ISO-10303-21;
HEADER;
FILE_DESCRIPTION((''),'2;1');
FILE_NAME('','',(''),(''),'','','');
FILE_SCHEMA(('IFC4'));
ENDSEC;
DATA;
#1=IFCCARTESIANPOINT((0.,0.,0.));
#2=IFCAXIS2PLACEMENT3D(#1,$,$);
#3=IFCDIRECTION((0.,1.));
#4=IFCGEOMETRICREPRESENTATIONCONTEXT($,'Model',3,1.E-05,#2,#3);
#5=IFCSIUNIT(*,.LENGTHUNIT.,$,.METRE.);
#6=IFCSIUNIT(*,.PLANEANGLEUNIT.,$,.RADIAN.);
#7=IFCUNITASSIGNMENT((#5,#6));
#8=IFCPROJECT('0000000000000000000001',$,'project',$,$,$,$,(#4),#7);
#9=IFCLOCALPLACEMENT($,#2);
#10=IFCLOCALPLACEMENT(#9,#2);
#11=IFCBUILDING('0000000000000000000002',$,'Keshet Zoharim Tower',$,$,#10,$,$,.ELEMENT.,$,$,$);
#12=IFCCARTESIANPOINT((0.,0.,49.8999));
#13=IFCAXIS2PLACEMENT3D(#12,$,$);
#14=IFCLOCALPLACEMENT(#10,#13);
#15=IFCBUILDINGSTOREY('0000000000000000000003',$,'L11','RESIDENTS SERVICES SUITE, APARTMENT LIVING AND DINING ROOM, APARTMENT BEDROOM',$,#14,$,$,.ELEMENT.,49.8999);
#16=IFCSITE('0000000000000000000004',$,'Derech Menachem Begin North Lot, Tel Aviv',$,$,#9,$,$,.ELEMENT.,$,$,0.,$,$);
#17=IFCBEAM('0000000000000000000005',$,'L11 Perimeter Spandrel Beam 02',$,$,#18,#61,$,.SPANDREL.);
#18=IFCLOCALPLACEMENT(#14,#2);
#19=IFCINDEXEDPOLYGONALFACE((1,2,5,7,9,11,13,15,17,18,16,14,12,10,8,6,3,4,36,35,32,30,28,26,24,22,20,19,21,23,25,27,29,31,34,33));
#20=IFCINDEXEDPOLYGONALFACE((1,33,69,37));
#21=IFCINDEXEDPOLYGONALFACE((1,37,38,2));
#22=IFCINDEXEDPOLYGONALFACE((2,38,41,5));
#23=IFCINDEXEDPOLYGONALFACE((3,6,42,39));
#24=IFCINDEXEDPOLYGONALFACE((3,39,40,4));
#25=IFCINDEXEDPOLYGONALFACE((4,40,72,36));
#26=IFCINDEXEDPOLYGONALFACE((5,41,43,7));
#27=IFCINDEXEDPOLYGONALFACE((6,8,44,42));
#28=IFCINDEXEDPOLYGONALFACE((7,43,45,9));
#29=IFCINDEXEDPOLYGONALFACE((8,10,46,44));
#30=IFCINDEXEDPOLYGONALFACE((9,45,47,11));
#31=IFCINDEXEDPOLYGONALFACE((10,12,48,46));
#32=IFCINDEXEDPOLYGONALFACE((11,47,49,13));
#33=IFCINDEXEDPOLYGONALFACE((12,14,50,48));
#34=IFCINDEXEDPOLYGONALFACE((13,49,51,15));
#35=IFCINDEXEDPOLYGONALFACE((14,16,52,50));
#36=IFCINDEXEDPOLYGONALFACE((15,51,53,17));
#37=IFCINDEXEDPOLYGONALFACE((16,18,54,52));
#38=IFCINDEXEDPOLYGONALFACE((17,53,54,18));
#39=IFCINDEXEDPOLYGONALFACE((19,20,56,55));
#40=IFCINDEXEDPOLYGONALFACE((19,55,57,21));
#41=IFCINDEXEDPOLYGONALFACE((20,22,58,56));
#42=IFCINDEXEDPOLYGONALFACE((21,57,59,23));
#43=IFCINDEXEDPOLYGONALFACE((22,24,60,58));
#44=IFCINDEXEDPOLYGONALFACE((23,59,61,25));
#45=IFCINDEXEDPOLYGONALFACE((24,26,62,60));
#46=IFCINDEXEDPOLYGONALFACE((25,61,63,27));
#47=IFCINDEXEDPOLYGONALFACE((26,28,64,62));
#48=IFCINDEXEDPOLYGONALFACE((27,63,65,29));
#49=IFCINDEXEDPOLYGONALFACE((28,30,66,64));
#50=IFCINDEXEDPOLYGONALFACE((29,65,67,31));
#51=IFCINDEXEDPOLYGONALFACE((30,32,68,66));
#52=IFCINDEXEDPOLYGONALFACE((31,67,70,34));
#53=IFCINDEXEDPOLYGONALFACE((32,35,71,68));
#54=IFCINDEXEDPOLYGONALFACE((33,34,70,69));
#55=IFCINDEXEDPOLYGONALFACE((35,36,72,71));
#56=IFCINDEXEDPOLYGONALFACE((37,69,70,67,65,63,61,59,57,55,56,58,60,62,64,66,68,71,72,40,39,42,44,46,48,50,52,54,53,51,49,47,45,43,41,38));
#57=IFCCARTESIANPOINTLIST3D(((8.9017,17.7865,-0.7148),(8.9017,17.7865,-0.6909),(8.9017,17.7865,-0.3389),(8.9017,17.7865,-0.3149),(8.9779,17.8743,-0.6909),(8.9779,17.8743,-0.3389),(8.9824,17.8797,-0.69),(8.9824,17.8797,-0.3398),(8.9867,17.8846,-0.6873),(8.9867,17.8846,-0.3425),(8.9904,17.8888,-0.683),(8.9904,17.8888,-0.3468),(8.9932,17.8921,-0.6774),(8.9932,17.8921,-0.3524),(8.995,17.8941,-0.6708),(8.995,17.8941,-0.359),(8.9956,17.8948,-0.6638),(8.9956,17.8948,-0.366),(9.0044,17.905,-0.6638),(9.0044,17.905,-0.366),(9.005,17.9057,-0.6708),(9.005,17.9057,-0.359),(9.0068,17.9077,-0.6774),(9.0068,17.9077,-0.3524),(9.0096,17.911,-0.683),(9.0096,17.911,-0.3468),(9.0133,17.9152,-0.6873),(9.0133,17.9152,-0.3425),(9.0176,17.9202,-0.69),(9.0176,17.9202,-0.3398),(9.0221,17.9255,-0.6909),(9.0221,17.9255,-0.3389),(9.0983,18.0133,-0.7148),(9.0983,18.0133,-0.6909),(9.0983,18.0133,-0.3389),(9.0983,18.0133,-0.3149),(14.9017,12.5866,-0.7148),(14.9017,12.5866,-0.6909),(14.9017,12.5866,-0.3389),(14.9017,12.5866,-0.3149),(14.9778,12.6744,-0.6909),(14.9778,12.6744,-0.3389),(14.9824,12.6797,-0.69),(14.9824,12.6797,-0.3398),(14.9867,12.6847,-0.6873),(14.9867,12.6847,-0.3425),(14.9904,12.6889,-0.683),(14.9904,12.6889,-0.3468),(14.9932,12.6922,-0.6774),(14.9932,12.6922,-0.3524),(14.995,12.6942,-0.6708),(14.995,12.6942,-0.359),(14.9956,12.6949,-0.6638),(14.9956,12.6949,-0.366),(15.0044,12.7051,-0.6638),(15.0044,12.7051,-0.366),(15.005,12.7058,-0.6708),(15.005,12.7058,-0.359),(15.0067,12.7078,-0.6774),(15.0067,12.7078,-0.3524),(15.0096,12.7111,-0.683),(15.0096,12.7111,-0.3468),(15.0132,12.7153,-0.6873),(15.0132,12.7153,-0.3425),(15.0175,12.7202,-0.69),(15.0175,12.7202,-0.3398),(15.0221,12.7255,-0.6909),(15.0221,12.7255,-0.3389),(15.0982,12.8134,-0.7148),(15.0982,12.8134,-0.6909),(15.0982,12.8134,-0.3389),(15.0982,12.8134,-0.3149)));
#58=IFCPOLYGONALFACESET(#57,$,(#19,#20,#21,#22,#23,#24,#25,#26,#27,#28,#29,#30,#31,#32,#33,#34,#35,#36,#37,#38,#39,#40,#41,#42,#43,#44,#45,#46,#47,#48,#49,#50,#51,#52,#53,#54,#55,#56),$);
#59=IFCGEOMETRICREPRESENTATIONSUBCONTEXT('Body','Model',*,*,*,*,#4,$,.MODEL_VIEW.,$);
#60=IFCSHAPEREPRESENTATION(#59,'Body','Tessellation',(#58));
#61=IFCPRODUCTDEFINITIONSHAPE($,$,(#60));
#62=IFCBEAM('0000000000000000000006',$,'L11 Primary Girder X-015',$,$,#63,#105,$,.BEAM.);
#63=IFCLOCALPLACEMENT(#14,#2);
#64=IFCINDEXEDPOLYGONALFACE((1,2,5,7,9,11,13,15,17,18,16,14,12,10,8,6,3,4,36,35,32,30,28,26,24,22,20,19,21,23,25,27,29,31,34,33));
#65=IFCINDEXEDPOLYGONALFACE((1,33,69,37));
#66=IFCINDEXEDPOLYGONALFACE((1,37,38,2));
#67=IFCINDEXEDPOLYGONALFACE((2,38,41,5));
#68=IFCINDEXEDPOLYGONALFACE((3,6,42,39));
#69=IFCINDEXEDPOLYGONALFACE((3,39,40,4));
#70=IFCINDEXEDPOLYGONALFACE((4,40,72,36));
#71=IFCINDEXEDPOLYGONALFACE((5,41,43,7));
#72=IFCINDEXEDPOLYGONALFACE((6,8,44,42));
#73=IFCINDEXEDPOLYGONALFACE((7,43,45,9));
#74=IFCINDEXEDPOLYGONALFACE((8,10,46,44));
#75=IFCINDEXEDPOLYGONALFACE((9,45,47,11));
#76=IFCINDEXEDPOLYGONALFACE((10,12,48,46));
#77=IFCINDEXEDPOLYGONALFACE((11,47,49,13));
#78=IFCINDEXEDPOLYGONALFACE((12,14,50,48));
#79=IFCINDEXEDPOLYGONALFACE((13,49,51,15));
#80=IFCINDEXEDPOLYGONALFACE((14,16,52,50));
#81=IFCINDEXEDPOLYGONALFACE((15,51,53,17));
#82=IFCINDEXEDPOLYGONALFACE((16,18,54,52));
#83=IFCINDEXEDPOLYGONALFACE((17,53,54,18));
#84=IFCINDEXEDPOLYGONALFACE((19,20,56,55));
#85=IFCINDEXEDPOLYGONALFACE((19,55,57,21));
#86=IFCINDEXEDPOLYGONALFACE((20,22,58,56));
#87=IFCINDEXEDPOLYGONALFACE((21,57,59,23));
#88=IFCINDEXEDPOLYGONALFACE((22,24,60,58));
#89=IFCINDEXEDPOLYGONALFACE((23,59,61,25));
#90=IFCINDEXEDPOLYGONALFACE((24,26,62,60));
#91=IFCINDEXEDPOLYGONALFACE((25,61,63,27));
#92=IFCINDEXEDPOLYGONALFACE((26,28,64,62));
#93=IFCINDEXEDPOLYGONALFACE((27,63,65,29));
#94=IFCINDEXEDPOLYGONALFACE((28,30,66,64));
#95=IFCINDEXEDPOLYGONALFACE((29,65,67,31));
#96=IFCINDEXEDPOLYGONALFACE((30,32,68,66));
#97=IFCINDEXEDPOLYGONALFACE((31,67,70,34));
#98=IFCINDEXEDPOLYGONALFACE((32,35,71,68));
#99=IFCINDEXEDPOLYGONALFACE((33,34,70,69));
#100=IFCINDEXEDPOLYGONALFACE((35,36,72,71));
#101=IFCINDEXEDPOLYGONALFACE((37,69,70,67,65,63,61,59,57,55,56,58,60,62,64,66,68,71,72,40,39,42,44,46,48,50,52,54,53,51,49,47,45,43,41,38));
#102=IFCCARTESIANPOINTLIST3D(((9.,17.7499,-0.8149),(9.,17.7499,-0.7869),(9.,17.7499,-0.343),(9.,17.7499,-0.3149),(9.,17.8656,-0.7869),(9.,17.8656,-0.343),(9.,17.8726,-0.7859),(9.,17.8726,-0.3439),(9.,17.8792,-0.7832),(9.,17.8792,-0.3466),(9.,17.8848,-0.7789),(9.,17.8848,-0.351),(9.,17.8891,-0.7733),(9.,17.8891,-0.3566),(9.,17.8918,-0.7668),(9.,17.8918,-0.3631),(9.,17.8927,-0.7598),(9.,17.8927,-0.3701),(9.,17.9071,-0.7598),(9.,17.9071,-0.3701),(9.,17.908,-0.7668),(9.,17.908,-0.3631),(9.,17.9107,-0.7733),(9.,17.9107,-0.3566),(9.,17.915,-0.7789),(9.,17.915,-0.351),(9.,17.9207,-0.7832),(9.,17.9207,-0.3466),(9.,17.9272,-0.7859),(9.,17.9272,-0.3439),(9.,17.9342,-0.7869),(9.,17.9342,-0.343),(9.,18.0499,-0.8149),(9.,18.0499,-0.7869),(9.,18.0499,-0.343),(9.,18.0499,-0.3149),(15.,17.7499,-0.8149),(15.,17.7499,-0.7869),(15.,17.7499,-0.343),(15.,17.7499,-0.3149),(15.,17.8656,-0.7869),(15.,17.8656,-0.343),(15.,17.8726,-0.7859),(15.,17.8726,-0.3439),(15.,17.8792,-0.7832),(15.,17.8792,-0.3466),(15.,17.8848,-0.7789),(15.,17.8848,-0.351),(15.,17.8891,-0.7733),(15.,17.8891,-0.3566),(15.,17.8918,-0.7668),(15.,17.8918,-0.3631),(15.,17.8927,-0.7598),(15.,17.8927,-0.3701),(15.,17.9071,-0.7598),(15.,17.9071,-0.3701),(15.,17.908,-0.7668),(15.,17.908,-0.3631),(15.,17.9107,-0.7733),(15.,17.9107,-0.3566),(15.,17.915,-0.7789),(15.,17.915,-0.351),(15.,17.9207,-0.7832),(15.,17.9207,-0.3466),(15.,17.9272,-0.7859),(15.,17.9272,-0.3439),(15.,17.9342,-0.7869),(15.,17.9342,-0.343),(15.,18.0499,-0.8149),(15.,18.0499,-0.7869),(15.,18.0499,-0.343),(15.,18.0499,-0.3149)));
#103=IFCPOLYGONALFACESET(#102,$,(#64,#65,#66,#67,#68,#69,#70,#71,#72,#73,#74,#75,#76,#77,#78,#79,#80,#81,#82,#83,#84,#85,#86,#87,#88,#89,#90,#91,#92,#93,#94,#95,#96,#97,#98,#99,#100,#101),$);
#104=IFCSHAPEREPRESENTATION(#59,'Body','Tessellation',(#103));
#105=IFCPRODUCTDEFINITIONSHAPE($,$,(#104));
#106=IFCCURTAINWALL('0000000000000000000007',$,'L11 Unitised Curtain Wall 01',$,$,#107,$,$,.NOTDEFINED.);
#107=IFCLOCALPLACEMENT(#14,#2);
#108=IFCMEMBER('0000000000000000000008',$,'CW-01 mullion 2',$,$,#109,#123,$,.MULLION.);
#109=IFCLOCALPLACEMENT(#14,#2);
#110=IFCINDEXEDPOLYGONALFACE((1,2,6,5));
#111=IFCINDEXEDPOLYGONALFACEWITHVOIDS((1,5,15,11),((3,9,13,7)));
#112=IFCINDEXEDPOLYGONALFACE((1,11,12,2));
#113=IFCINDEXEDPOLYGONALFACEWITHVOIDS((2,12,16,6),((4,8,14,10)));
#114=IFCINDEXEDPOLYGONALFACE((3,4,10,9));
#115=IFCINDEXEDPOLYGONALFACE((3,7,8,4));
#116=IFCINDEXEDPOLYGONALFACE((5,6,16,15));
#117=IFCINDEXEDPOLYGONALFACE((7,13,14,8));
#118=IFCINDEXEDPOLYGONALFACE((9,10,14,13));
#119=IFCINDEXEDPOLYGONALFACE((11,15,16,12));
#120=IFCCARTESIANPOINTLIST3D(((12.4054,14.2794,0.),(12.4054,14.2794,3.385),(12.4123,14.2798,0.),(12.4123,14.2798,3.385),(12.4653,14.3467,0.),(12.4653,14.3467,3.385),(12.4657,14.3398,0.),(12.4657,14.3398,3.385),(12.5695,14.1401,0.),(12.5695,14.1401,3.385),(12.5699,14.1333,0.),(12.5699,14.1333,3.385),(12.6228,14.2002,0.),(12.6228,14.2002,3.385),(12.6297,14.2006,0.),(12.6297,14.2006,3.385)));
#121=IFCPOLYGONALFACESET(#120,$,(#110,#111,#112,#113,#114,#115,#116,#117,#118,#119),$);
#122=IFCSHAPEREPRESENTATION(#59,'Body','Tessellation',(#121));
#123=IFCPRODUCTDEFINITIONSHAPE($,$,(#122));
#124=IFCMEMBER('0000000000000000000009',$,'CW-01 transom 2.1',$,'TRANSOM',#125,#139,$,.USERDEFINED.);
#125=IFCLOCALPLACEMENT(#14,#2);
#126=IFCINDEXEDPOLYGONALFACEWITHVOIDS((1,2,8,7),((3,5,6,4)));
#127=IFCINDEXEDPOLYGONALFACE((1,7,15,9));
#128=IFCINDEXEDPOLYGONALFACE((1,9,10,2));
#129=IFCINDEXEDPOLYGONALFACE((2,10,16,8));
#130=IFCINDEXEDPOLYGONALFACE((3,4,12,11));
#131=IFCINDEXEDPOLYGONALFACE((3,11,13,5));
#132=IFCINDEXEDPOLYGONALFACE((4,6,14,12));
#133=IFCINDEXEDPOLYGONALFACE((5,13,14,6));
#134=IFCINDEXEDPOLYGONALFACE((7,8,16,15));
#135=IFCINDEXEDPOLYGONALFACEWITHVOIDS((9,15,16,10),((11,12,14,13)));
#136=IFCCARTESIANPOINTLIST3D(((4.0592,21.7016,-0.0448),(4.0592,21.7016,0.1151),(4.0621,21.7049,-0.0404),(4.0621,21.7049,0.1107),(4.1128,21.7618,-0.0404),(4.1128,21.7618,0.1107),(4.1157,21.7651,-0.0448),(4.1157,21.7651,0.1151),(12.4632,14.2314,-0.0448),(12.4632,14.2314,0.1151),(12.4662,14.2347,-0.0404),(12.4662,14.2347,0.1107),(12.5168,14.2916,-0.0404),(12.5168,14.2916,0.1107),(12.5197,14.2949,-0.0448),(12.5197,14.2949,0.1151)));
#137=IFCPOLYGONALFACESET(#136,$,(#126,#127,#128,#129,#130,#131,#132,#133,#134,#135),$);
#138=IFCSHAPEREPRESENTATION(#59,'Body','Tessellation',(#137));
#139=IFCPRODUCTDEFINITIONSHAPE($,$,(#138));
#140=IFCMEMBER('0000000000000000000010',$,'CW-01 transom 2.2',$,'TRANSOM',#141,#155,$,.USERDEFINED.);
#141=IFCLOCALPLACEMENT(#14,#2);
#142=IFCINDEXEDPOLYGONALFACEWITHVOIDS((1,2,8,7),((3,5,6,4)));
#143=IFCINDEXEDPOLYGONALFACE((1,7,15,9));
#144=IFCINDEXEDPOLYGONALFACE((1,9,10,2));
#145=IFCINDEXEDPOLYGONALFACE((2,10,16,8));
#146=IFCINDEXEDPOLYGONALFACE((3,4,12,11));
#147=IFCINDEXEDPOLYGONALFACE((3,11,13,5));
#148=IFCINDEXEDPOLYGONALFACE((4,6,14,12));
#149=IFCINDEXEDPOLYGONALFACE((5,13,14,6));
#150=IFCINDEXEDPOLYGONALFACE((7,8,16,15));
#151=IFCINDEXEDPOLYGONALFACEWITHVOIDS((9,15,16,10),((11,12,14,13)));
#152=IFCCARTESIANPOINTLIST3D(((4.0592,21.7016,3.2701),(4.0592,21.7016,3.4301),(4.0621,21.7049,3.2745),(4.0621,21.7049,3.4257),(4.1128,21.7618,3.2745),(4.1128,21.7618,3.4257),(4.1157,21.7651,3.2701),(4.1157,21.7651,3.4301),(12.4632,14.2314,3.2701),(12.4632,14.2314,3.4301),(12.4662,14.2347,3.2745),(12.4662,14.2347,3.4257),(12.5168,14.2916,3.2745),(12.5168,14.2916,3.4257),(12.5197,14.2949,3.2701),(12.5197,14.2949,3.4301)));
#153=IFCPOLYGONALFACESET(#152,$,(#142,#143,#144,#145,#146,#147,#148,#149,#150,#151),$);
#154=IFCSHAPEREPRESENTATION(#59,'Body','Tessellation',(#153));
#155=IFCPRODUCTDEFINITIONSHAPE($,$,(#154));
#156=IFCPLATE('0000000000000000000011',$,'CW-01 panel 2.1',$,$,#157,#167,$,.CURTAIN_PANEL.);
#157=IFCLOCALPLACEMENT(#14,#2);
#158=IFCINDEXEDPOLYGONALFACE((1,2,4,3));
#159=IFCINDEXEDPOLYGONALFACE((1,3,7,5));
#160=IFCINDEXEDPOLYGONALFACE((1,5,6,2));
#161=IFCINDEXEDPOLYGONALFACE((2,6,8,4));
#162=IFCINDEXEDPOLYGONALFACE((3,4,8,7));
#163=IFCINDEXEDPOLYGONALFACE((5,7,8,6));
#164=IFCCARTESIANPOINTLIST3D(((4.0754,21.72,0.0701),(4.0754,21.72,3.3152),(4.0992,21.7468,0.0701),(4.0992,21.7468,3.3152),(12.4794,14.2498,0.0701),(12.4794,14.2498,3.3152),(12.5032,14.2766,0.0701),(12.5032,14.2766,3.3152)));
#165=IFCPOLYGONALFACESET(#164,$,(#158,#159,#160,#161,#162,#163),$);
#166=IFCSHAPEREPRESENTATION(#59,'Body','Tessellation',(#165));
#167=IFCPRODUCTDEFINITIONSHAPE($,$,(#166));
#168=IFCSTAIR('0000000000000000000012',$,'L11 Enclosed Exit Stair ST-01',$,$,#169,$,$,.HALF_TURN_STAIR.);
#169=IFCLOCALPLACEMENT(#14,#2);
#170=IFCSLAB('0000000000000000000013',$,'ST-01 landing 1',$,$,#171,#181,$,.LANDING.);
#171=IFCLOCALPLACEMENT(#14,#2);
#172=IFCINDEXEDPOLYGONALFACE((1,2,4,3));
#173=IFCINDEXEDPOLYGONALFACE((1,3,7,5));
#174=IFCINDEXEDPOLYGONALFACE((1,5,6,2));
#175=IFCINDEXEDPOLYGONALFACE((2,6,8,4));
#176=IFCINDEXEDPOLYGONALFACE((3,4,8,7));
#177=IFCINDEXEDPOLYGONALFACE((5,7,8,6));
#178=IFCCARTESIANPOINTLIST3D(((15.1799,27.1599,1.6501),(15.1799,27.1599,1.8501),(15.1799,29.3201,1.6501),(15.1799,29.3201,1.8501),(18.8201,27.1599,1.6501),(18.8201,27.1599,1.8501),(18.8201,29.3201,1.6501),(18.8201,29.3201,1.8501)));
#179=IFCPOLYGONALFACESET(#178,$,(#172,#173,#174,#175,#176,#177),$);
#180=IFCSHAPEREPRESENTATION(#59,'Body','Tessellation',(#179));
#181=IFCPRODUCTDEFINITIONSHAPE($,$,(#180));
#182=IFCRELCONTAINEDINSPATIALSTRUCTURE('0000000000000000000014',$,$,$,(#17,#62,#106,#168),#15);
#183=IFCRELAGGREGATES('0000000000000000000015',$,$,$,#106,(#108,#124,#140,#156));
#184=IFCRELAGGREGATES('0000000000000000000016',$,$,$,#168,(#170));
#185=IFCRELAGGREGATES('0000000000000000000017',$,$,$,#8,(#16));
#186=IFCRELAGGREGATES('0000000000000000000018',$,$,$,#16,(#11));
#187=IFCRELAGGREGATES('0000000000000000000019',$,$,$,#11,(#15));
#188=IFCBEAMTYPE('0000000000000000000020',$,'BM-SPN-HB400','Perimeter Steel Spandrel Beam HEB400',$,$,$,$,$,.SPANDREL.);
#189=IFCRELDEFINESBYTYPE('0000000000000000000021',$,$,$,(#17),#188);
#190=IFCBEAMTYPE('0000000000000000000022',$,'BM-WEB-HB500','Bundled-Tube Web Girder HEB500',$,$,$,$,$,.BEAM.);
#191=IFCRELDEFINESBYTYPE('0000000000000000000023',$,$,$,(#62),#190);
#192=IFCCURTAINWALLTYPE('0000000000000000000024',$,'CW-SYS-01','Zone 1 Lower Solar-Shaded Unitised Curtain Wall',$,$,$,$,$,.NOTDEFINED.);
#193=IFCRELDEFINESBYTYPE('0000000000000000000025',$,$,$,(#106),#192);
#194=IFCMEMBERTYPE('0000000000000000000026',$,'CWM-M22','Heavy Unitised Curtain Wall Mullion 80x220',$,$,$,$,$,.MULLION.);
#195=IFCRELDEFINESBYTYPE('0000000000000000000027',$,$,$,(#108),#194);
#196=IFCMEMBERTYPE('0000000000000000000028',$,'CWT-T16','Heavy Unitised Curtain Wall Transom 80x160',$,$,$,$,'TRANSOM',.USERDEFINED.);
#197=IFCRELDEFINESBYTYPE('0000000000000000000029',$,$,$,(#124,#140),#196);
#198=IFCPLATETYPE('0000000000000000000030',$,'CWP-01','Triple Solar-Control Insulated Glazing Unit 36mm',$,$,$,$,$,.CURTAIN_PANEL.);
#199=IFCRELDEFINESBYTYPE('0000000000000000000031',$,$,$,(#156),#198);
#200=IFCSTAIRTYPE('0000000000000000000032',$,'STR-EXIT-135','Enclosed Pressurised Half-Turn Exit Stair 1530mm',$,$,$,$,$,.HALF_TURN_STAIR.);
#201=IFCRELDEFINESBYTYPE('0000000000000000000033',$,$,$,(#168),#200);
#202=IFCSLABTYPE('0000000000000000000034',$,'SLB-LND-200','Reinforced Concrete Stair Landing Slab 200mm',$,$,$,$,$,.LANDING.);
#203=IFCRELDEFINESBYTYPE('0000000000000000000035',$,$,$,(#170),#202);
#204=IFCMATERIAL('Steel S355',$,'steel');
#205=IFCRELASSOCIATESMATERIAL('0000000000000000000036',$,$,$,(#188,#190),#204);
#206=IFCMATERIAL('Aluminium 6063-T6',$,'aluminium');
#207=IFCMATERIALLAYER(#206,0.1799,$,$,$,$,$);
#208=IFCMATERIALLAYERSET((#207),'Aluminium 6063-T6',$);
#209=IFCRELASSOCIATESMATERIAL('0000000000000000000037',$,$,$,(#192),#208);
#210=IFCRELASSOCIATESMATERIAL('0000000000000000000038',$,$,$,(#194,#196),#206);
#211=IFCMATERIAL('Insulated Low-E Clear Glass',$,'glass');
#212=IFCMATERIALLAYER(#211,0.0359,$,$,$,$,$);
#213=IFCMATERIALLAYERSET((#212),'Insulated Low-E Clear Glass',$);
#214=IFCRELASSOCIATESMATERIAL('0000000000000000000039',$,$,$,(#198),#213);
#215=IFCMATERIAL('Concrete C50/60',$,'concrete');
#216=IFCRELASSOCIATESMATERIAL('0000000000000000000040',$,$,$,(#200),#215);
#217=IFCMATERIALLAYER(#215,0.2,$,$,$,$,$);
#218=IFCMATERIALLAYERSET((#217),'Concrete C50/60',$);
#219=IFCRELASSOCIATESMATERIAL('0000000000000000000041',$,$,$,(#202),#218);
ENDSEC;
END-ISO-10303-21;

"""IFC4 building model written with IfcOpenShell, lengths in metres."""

from ifc_helpers import new_model, si_unit, direction, frame, origin, origin_2d, place, context, subcontext, project, spatial, polyline, rectangle, hollow_rectangle, i_section, outline, extrude, material, layer, layer_set, material_profile, profile_set, type_object, element, aggregate, save


model = new_model("IFC4")

# Units and contexts
model_context = context("Model", 3, precision=1e-05, world=origin(), true_north=direction((0.0, 1.0)))
body_context = subcontext(model_context, "Body", "Model", "MODEL_VIEW")
ifc_project = project(units=[si_unit("LENGTHUNIT", "METRE"), si_unit("PLANEANGLEUNIT", "RADIAN")], contexts=[model_context])

# Site, building, storey
site_placement = place(None, origin())
site = spatial("IfcSite", under=ifc_project, at=site_placement, Name="Derech Menachem Begin North Lot, Tel Aviv", CompositionType="ELEMENT", RefElevation=0.0)
building_placement = place(site_placement, origin())
building = spatial("IfcBuilding", under=site, at=building_placement, Name="Keshet Zoharim Tower", CompositionType="ELEMENT")
storey_placement = place(building_placement, frame((0.0, 0.0, 49.8999)))
storey = spatial("IfcBuildingStorey", under=building, at=storey_placement, Name="L11", Description="RESIDENTS SERVICES SUITE, APARTMENT LIVING AND DINING ROOM, APARTMENT BEDROOM", CompositionType="ELEMENT", Elevation=49.8999)

# Shared definitions
ifc_material_1 = material(Name="Steel S355", Category="steel")

# Beams
ifc_material_profile_1 = material_profile(ifc_material_1, i_section(OverallWidth=0.3, OverallDepth=0.3999, WebThickness=0.0134, FlangeThickness=0.0239, FilletRadius=0.0271, at=origin_2d()), Name="HEB400")
ifc_profile_set_1 = profile_set([ifc_material_profile_1], Name="Steel S355")
beam_type_1 = type_object("IfcBeamType", Name="BM-SPN-HB400", Description="Perimeter Steel Spandrel Beam HEB400", PredefinedType="SPANDREL", material=ifc_profile_set_1)
beam_1_placement = place(storey_placement, frame((9.0, 17.8999, -0.5149), z_axis=(0.755692, -0.654927, 0.0), x_axis=(0.654927, 0.755692, 0.0)))
element("IfcBeam", 1, at=beam_1_placement, inside=storey, type_object=beam_type_1, Name="L11 Perimeter Spandrel Beam 02", PredefinedType="SPANDREL", context=body_context, shape_type="SweptSolid", body=[
    extrude(i_section(OverallWidth=0.3, OverallDepth=0.3999, WebThickness=0.0134, FlangeThickness=0.0239, FilletRadius=0.0271, at=origin_2d()), origin(), (0.0, 0.0, 1.0), 7.9397),
])
ifc_material_profile_2 = material_profile(ifc_material_1, i_section(OverallWidth=0.3, OverallDepth=0.5, WebThickness=0.0144, FlangeThickness=0.0281, FilletRadius=0.0271, at=origin_2d()), Name="HEB500")
ifc_profile_set_2 = profile_set([ifc_material_profile_2], Name="Steel S355")
beam_type_2 = type_object("IfcBeamType", Name="BM-WEB-HB500", Description="Bundled-Tube Web Girder HEB500", PredefinedType="BEAM", material=ifc_profile_set_2)
beam_2_placement = place(storey_placement, frame((9.0, 17.8999, -0.5649), z_axis=(1.0, 0.0, 0.0), x_axis=(0.0, 1.0, 0.0)))
element("IfcBeam", 2, at=beam_2_placement, inside=storey, type_object=beam_type_2, Name="L11 Primary Girder X-015", PredefinedType="BEAM", context=body_context, shape_type="SweptSolid", body=[
    extrude(i_section(OverallWidth=0.3, OverallDepth=0.5, WebThickness=0.0144, FlangeThickness=0.0281, FilletRadius=0.0271, at=origin_2d()), origin(), (0.0, 0.0, 1.0), 6.0),
])

# Curtain wall, members, plate
ifc_material_2 = material(Name="Aluminium 6063-T6", Category="aluminium")
ifc_layer_1 = layer(ifc_material_2, 0.1799)
ifc_layer_set_1 = layer_set([ifc_layer_1], Name="Aluminium 6063-T6")
curtain_wall_type = type_object("IfcCurtainWallType", Name="CW-SYS-01", Description="Zone 1 Lower Solar-Shaded Unitised Curtain Wall", PredefinedType="NOTDEFINED", material=ifc_layer_set_1)
curtain_wall_placement = place(storey_placement, origin())
curtain_wall = element("IfcCurtainWall", 3, at=curtain_wall_placement, inside=storey, type_object=curtain_wall_type, Name="L11 Unitised Curtain Wall 01", PredefinedType="NOTDEFINED")
ifc_material_profile_3 = material_profile(ifc_material_2, hollow_rectangle(XDim=0.0901, YDim=0.22, WallThickness=0.0049, at=origin_2d()), Name="MUL-90x220")
ifc_profile_set_3 = profile_set([ifc_material_profile_3], Name="Aluminium 6063-T6")
member_type_1 = type_object("IfcMemberType", Name="CWM-M22", Description="Heavy Unitised Curtain Wall Mullion 80x220", PredefinedType="MULLION", material=ifc_profile_set_3)
member_1_placement = place(storey_placement, frame((12.5176, 14.24, 0.0), z_axis=(0.0, 0.0, 1.0), x_axis=(-0.664364, -0.747409, 0.0)))
member_1 = element("IfcMember", 4, at=member_1_placement, type_object=member_type_1, Name="CW-01 mullion 2", PredefinedType="MULLION", context=body_context, shape_type="SweptSolid", body=[
    extrude(hollow_rectangle(XDim=0.0901, YDim=0.22, WallThickness=0.0049, at=origin_2d()), origin(), (0.0, 0.0, 1.0), 3.385),
])
ifc_material_profile_4 = material_profile(ifc_material_2, hollow_rectangle(XDim=0.085, YDim=0.1599, WallThickness=0.0044, at=origin_2d()), Name="TRN-85x160")
ifc_profile_set_4 = profile_set([ifc_material_profile_4], Name="Aluminium 6063-T6")
member_type_2 = type_object("IfcMemberType", Name="CWT-T16", Description="Heavy Unitised Curtain Wall Transom 80x160", ElementType="TRANSOM", PredefinedType="USERDEFINED", material=ifc_profile_set_4)
member_2_placement = place(storey_placement, frame((12.4915, 14.2632, 0.0352), z_axis=(-0.747412, 0.664361, 0.0), x_axis=(-0.664361, -0.747412, 0.0)))
member_2 = element("IfcMember", 5, at=member_2_placement, type_object=member_type_2, Name="CW-01 transom 2.1", ObjectType="TRANSOM", PredefinedType="USERDEFINED", context=body_context, shape_type="SweptSolid", body=[
    extrude(hollow_rectangle(XDim=0.085, YDim=0.1599, WallThickness=0.0044, at=origin_2d()), origin(), (0.0, 0.0, 1.0), 11.2441),
])
member_3_placement = place(storey_placement, frame((12.4915, 14.2632, 3.3501), z_axis=(-0.747412, 0.664361, 0.0), x_axis=(-0.664361, -0.747412, 0.0)))
member_3 = element("IfcMember", 6, at=member_3_placement, type_object=member_type_2, Name="CW-01 transom 2.2", ObjectType="TRANSOM", PredefinedType="USERDEFINED", context=body_context, shape_type="SweptSolid", body=[
    extrude(hollow_rectangle(XDim=0.085, YDim=0.1599, WallThickness=0.0044, at=origin_2d()), origin(), (0.0, 0.0, 1.0), 11.2441),
])
ifc_material_3 = material(Name="Insulated Low-E Clear Glass", Category="glass")
ifc_layer_2 = layer(ifc_material_3, 0.0359)
ifc_layer_set_2 = layer_set([ifc_layer_2], Name="Insulated Low-E Clear Glass")
plate_type = type_object("IfcPlateType", Name="CWP-01", Description="Triple Solar-Control Insulated Glazing Unit 36mm", PredefinedType="CURTAIN_PANEL", material=ifc_layer_set_2)
plate_placement = place(storey_placement, frame((8.2893, 17.9983, 0.0701), z_axis=(0.0, 0.0, 1.0), x_axis=(-0.747409, 0.664364, 0.0)))
plate = element("IfcPlate", 7, at=plate_placement, type_object=plate_type, Name="CW-01 panel 2.1", PredefinedType="CURTAIN_PANEL", context=body_context, shape_type="SweptSolid", body=[
    extrude(rectangle(XDim=11.2441, YDim=0.0359, at=origin_2d()), origin(), (0.0, 0.0, 1.0), 3.2451),
])
aggregate(curtain_wall, [member_1, member_2, member_3, plate])

# Stair, slab
ifc_material_4 = material(Name="Concrete C50/60", Category="concrete")
stair_type = type_object("IfcStairType", Name="STR-EXIT-135", Description="Enclosed Pressurised Half-Turn Exit Stair 1530mm", PredefinedType="HALF_TURN_STAIR", material=ifc_material_4)
stair_1_placement = place(storey_placement, origin())
stair_1 = element("IfcStair", 8, at=stair_1_placement, inside=storey, type_object=stair_type, Name="L11 Enclosed Exit Stair ST-01", PredefinedType="HALF_TURN_STAIR")
ifc_layer_3 = layer(ifc_material_4, 0.2)
ifc_layer_set_3 = layer_set([ifc_layer_3], Name="Concrete C50/60")
slab_type_1 = type_object("IfcSlabType", Name="SLB-LND-200", Description="Reinforced Concrete Stair Landing Slab 200mm", PredefinedType="LANDING", material=ifc_layer_set_3)
slab_1_placement = place(storey_placement, frame((0.0, 0.0, 1.6501)))
slab_1 = element("IfcSlab", 9, at=slab_1_placement, type_object=slab_type_1, Name="ST-01 landing 1", PredefinedType="LANDING", context=body_context, shape_type="SweptSolid", body=[
    extrude(outline(polyline([(15.1799, 27.1599), (18.8201, 27.1599), (18.8201, 29.3201), (15.1799, 29.3201), (15.1799, 27.1599)])), origin(), (0.0, 0.0, 1.0), 0.2),
])
aggregate(stair_1, [slab_1])

save(model, "model.ifc")
